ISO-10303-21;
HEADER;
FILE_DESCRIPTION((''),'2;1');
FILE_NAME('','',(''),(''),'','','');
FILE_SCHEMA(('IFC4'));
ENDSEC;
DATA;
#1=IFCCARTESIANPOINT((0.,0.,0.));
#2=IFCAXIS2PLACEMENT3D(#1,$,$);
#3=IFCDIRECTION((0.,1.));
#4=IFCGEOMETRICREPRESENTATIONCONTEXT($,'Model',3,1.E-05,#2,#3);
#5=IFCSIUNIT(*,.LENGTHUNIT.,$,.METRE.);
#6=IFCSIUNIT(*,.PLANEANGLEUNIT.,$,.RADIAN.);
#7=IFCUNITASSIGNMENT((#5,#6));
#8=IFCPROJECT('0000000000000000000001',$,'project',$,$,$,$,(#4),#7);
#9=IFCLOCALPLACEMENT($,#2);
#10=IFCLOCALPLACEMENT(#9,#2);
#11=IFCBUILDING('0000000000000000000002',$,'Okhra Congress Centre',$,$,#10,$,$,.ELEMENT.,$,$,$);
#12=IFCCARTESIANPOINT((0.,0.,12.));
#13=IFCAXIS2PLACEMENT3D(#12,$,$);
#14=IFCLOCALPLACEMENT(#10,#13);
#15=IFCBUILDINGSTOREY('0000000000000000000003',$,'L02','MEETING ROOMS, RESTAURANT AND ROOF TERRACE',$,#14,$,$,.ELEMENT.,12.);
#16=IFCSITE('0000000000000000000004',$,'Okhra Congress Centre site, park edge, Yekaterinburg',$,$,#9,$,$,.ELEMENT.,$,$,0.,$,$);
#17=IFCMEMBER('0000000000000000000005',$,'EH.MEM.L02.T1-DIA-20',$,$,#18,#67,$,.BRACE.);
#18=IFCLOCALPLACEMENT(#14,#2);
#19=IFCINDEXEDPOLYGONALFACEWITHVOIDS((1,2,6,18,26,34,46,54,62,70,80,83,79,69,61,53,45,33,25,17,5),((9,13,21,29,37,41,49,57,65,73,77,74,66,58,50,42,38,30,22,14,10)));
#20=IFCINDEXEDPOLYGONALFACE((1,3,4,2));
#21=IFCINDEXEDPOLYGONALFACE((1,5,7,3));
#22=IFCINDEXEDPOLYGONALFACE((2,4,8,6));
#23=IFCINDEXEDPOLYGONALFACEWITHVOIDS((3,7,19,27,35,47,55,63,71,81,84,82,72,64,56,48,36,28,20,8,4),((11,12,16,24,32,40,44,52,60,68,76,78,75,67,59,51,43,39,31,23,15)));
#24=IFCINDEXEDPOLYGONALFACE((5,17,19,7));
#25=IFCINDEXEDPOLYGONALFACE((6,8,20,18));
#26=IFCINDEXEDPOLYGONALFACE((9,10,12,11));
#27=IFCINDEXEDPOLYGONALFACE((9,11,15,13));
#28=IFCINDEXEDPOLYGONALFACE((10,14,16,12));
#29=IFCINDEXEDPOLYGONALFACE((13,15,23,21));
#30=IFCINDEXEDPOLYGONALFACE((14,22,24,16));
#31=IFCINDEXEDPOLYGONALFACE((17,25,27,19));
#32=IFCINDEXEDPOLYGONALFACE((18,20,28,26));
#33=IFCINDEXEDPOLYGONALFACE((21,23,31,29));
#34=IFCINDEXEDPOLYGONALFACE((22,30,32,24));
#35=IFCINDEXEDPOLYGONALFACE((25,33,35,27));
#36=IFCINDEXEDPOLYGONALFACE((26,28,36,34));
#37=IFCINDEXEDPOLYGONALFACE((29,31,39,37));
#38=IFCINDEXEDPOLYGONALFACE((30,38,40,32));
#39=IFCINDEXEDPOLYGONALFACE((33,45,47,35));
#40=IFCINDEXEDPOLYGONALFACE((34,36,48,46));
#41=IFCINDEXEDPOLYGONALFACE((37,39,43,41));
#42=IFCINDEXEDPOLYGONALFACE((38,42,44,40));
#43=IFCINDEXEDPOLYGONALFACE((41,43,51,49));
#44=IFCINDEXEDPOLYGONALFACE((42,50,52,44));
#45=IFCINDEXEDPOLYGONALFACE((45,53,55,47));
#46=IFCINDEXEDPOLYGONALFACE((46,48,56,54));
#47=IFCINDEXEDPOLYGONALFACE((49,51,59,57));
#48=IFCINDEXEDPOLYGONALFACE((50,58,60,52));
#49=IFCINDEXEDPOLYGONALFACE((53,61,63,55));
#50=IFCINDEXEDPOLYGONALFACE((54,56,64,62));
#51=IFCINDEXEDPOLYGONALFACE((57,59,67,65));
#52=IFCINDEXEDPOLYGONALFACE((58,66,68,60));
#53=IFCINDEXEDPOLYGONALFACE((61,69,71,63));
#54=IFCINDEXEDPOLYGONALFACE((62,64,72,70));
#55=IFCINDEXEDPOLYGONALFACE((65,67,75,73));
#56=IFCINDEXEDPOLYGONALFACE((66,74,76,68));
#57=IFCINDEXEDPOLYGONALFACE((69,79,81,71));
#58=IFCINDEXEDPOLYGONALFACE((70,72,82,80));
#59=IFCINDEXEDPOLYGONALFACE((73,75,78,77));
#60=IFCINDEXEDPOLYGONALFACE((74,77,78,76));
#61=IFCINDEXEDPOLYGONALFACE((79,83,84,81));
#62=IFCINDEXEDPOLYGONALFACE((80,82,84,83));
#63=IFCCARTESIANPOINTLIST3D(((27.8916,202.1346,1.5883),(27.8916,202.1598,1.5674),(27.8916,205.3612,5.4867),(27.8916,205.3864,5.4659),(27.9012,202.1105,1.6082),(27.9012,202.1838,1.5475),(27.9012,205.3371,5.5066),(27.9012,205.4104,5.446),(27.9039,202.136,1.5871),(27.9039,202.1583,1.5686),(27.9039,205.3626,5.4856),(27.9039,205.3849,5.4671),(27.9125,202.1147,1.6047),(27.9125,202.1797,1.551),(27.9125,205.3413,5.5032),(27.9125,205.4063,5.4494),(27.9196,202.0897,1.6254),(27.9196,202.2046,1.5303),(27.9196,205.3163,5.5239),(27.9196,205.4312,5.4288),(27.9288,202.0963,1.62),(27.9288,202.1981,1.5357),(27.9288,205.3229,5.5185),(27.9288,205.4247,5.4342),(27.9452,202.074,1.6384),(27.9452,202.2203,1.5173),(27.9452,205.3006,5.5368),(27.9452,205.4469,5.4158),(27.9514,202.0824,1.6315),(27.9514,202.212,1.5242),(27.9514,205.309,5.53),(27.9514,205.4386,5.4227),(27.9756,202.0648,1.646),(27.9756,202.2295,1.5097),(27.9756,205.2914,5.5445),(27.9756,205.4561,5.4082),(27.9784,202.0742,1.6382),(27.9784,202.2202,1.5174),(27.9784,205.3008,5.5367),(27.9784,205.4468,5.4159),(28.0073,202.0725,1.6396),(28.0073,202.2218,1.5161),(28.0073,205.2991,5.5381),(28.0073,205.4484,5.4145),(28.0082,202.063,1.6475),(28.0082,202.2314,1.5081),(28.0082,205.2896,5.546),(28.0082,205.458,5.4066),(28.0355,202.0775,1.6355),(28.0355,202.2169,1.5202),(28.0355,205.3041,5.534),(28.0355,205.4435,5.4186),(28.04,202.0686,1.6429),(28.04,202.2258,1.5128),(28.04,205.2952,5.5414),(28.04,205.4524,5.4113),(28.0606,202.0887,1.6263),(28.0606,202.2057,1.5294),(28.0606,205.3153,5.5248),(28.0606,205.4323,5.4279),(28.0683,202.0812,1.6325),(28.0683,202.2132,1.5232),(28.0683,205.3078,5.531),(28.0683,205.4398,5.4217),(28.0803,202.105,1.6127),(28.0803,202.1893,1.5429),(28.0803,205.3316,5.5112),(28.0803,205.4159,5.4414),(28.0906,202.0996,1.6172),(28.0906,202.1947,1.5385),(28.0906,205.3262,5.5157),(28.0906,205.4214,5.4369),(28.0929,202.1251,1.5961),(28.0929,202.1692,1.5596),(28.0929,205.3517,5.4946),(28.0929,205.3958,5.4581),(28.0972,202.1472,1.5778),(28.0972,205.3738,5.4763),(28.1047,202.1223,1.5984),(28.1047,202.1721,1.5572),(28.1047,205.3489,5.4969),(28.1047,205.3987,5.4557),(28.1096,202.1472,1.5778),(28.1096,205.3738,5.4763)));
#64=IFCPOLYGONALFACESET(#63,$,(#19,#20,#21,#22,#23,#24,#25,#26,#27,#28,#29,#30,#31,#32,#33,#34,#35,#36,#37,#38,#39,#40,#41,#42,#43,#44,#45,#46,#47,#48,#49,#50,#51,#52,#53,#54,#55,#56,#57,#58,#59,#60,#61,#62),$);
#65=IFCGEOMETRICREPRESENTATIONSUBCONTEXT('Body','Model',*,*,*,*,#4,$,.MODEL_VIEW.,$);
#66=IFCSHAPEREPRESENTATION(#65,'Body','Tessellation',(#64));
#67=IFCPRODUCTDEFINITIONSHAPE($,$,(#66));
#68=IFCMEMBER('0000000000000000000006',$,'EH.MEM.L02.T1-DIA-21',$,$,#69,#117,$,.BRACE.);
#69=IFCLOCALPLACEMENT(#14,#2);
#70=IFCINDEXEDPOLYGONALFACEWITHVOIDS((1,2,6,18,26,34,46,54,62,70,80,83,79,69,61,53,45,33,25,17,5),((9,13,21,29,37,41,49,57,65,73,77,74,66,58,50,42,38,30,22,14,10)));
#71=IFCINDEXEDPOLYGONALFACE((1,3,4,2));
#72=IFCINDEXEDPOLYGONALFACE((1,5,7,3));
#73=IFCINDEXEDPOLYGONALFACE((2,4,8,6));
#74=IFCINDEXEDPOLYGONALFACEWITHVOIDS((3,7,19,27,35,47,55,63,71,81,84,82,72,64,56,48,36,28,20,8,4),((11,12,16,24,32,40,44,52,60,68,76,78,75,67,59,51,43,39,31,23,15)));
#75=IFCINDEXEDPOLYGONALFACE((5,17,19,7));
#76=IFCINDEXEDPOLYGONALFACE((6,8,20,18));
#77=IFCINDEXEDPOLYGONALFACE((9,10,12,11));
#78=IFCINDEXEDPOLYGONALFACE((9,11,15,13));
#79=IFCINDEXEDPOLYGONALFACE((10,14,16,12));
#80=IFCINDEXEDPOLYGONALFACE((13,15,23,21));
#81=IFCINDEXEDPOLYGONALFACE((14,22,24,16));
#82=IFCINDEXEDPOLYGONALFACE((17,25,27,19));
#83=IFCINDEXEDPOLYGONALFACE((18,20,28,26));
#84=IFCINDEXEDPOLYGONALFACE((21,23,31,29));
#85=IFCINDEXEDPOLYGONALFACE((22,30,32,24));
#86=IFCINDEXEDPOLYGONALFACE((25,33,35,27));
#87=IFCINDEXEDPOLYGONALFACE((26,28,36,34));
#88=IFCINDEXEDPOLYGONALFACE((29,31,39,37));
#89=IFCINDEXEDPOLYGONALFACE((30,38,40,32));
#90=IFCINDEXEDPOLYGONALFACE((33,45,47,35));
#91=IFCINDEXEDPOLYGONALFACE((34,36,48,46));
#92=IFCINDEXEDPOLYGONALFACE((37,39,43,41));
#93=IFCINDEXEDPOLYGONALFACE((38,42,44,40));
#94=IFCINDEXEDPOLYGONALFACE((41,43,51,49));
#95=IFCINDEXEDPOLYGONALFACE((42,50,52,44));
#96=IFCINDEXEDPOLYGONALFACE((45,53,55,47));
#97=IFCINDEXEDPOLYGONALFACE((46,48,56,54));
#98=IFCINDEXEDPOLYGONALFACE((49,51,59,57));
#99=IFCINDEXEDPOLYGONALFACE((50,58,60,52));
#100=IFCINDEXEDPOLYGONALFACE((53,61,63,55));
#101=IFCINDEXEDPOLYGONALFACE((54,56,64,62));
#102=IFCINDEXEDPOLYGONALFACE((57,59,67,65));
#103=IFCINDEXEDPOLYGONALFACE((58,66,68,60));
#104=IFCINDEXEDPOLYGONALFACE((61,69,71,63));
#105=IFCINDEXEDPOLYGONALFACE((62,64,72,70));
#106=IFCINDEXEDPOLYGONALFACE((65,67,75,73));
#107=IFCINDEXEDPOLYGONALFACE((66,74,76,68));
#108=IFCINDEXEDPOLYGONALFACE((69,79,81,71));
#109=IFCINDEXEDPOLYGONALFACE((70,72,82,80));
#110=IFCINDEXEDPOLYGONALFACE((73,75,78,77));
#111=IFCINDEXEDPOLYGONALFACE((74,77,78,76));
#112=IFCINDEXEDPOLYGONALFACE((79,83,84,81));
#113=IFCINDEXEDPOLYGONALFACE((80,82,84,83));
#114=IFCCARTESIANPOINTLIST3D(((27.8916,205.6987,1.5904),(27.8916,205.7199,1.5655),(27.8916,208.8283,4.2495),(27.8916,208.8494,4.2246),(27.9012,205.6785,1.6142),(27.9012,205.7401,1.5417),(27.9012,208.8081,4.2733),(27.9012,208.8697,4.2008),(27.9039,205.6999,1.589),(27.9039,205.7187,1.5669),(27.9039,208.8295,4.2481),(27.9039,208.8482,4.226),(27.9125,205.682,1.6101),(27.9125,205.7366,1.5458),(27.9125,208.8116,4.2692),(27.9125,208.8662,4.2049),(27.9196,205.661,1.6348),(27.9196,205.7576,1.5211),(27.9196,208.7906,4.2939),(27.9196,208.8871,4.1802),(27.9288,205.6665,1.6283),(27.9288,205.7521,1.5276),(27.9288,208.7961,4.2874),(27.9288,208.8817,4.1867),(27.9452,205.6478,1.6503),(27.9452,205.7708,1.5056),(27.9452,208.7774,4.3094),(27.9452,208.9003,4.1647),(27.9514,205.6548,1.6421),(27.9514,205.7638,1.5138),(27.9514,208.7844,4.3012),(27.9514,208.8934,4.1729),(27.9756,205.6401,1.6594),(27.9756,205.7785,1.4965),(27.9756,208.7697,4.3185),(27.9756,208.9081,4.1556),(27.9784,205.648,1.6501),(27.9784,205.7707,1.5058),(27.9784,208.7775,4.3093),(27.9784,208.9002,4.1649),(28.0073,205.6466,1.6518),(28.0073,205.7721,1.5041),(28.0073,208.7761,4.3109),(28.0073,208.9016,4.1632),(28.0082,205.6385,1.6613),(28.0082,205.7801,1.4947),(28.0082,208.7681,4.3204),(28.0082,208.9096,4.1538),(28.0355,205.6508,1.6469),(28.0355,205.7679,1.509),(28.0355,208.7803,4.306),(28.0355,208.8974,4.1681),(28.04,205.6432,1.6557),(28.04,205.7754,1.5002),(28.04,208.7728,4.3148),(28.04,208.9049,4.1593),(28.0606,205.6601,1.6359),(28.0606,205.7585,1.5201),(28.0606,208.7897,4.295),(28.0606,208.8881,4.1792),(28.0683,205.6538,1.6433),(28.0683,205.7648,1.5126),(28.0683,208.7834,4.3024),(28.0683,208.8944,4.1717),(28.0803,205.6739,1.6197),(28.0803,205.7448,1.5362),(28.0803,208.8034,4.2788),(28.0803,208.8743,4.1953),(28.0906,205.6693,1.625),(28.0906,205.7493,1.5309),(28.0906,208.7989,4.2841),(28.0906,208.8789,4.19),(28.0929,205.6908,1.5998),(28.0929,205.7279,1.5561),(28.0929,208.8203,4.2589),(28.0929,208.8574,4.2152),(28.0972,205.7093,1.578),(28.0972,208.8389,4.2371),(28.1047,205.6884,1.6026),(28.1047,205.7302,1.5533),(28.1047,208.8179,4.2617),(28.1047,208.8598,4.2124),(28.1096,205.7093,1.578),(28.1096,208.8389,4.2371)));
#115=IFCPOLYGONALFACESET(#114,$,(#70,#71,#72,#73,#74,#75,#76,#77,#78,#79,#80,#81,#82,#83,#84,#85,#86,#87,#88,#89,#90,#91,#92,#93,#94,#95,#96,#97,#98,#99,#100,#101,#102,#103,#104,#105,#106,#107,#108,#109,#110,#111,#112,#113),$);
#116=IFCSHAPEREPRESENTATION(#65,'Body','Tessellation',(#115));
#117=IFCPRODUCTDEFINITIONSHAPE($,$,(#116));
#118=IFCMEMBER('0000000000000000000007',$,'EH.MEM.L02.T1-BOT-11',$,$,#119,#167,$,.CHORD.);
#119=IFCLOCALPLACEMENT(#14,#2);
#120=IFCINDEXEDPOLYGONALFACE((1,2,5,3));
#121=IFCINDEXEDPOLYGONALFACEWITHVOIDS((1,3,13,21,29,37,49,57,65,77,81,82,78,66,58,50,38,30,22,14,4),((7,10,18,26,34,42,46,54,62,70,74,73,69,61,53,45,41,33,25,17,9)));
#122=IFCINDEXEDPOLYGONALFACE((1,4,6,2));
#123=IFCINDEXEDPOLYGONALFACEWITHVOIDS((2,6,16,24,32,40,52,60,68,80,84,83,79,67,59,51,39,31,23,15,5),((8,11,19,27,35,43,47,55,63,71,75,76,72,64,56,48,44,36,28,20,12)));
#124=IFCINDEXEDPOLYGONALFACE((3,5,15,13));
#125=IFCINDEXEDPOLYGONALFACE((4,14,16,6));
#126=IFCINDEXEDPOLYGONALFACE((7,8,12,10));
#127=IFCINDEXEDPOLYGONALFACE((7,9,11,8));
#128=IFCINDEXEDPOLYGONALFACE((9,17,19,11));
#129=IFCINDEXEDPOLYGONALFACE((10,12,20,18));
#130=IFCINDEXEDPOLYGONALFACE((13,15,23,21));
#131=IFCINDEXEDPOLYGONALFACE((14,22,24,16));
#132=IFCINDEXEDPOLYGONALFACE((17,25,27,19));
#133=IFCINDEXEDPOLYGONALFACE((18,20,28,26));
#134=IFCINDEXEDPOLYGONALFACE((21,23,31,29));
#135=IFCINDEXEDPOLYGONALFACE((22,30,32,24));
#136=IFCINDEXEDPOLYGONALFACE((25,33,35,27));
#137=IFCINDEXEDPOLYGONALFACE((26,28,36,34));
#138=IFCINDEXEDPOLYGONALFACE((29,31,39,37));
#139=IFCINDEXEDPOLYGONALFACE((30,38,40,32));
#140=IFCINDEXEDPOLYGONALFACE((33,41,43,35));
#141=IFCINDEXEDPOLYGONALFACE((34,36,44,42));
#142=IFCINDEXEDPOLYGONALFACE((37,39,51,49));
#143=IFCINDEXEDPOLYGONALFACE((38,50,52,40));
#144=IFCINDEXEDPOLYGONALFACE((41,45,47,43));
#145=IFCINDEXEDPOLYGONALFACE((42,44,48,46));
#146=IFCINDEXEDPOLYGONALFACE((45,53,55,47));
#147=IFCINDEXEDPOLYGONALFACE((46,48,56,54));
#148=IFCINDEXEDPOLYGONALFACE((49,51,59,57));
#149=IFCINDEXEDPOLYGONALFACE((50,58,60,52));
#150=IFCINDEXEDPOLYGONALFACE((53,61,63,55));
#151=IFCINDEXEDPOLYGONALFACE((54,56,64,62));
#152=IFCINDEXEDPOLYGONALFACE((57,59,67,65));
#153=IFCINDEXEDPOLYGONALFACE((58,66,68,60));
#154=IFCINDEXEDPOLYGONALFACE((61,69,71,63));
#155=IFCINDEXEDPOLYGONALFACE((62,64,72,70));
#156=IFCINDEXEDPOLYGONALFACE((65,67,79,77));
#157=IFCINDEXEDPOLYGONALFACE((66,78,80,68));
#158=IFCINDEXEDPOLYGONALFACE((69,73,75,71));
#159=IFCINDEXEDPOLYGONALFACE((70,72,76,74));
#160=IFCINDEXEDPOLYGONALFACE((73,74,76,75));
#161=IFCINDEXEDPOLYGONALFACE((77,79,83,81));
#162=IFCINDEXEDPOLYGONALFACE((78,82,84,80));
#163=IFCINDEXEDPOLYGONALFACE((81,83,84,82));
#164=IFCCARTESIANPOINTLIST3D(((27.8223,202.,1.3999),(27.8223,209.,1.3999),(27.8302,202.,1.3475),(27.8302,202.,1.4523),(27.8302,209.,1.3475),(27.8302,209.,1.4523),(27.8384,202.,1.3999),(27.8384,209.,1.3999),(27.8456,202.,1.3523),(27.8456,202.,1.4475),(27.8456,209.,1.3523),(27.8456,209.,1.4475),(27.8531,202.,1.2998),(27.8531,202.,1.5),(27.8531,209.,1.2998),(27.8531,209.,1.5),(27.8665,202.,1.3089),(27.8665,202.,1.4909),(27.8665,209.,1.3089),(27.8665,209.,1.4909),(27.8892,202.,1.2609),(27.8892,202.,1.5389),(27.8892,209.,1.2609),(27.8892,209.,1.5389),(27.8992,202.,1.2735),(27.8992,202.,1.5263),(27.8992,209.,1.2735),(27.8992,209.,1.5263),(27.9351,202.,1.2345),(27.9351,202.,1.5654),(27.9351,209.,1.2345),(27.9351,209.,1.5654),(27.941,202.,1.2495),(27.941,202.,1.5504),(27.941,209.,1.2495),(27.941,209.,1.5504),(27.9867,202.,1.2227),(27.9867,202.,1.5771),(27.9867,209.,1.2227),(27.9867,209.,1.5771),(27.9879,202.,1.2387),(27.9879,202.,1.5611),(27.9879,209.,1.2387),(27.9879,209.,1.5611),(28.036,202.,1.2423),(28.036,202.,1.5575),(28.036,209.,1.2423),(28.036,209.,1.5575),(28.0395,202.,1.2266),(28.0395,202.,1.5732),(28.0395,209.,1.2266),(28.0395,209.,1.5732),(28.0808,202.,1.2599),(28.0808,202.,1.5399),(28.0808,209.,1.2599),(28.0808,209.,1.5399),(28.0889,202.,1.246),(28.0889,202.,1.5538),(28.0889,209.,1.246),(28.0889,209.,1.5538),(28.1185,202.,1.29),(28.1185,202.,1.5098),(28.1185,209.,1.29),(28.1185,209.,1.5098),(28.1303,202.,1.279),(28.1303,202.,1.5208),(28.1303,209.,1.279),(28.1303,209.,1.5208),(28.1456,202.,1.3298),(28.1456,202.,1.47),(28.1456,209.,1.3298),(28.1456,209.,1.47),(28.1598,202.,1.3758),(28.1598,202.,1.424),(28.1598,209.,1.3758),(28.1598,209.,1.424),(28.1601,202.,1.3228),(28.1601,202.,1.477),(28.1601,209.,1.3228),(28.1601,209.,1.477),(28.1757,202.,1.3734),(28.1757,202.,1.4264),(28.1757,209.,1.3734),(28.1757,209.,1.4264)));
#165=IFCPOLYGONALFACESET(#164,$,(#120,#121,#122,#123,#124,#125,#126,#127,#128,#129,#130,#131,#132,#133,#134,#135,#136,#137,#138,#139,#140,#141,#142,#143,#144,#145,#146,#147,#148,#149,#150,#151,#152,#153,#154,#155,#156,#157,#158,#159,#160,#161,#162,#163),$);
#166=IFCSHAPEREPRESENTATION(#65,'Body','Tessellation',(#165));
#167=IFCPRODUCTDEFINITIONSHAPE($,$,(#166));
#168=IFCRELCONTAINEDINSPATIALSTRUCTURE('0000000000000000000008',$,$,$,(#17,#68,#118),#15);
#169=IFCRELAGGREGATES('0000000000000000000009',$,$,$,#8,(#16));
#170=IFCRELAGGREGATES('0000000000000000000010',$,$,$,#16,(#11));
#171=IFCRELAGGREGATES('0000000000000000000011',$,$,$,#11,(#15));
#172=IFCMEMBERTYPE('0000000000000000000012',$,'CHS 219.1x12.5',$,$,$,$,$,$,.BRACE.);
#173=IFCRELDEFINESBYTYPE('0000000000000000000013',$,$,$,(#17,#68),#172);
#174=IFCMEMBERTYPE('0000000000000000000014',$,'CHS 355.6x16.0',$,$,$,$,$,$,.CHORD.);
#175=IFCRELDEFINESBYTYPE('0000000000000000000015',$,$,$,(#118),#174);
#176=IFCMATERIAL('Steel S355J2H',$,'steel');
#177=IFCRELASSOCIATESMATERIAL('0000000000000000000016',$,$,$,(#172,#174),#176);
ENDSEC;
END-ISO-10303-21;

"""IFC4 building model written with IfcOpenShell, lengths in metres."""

from ifc_helpers import new_model, si_unit, direction, frame, origin, origin_2d, place, context, subcontext, project, spatial, hollow_circle, extrude, material, material_profile, profile_set, type_object, element, save


model = new_model("IFC4")

# Units and contexts
model_context = context("Model", 3, precision=1e-05, world=origin(), true_north=direction((0.0, 1.0)))
body_context = subcontext(model_context, "Body", "Model", "MODEL_VIEW")
ifc_project = project(units=[si_unit("LENGTHUNIT", "METRE"), si_unit("PLANEANGLEUNIT", "RADIAN")], contexts=[model_context])

# Site, building, storey
site_placement = place(None, origin())
site = spatial("IfcSite", under=ifc_project, at=site_placement, Name="Okhra Congress Centre site, park edge, Yekaterinburg", CompositionType="ELEMENT", RefElevation=0.0)
building_placement = place(site_placement, origin())
building = spatial("IfcBuilding", under=site, at=building_placement, Name="Okhra Congress Centre", CompositionType="ELEMENT")
storey_placement = place(building_placement, frame((0.0, 0.0, 12.0)))
storey = spatial("IfcBuildingStorey", under=building, at=storey_placement, Name="L02", Description="MEETING ROOMS, RESTAURANT AND ROOF TERRACE", CompositionType="ELEMENT", Elevation=12.0)

# Members
ifc_material_1 = material(Name="Steel S355J2H", Category="steel")
ifc_material_profile_1 = material_profile(ifc_material_1, hollow_circle(Radius=0.1096, WallThickness=0.0125, at=origin_2d()), Name="CHS 219.1x12.5")
ifc_profile_set_1 = profile_set([ifc_material_profile_1], Name="Steel S355J2H")
member_type_1 = type_object("IfcMemberType", Name="CHS 219.1x12.5", PredefinedType="BRACE", material=ifc_profile_set_1)
member_1_placement = place(storey_placement, frame((28.0, 205.3738, 5.4763), z_axis=(0.0, -0.637599, -0.770368), x_axis=(1.0, 0.0, 0.0)))
element("IfcMember", 1, at=member_1_placement, inside=storey, type_object=member_type_1, Name="EH.MEM.L02.T1-DIA-20", PredefinedType="BRACE", context=body_context, shape_type="SweptSolid", body=[
    extrude(hollow_circle(Radius=0.1096, WallThickness=0.0125, at=origin_2d()), origin(), (0.0, 0.0, 1.0), 5.0605),
])
member_2_placement = place(storey_placement, frame((28.0, 208.8389, 4.2371), z_axis=(0.0, -0.762061, -0.647505), x_axis=(1.0, 0.0, 0.0)))
element("IfcMember", 2, at=member_2_placement, inside=storey, type_object=member_type_1, Name="EH.MEM.L02.T1-DIA-21", PredefinedType="BRACE", context=body_context, shape_type="SweptSolid", body=[
    extrude(hollow_circle(Radius=0.1096, WallThickness=0.0125, at=origin_2d()), origin(), (0.0, 0.0, 1.0), 4.1067),
])
ifc_material_profile_2 = material_profile(ifc_material_1, hollow_circle(Radius=0.1777, WallThickness=0.0161, at=origin_2d()), Name="CHS 355.6x16.0")
ifc_profile_set_2 = profile_set([ifc_material_profile_2], Name="Steel S355J2H")
member_type_2 = type_object("IfcMemberType", Name="CHS 355.6x16.0", PredefinedType="CHORD", material=ifc_profile_set_2)
member_3_placement = place(storey_placement, frame((28.0, 202.0, 1.3999), z_axis=(0.0, 1.0, 0.0), x_axis=(-1.0, 0.0, 0.0)))
element("IfcMember", 3, at=member_3_placement, inside=storey, type_object=member_type_2, Name="EH.MEM.L02.T1-BOT-11", PredefinedType="CHORD", context=body_context, shape_type="SweptSolid", body=[
    extrude(hollow_circle(Radius=0.1777, WallThickness=0.0161, at=origin_2d()), origin(), (0.0, 0.0, 1.0), 7.0),
])

save(model, "model.ifc")
